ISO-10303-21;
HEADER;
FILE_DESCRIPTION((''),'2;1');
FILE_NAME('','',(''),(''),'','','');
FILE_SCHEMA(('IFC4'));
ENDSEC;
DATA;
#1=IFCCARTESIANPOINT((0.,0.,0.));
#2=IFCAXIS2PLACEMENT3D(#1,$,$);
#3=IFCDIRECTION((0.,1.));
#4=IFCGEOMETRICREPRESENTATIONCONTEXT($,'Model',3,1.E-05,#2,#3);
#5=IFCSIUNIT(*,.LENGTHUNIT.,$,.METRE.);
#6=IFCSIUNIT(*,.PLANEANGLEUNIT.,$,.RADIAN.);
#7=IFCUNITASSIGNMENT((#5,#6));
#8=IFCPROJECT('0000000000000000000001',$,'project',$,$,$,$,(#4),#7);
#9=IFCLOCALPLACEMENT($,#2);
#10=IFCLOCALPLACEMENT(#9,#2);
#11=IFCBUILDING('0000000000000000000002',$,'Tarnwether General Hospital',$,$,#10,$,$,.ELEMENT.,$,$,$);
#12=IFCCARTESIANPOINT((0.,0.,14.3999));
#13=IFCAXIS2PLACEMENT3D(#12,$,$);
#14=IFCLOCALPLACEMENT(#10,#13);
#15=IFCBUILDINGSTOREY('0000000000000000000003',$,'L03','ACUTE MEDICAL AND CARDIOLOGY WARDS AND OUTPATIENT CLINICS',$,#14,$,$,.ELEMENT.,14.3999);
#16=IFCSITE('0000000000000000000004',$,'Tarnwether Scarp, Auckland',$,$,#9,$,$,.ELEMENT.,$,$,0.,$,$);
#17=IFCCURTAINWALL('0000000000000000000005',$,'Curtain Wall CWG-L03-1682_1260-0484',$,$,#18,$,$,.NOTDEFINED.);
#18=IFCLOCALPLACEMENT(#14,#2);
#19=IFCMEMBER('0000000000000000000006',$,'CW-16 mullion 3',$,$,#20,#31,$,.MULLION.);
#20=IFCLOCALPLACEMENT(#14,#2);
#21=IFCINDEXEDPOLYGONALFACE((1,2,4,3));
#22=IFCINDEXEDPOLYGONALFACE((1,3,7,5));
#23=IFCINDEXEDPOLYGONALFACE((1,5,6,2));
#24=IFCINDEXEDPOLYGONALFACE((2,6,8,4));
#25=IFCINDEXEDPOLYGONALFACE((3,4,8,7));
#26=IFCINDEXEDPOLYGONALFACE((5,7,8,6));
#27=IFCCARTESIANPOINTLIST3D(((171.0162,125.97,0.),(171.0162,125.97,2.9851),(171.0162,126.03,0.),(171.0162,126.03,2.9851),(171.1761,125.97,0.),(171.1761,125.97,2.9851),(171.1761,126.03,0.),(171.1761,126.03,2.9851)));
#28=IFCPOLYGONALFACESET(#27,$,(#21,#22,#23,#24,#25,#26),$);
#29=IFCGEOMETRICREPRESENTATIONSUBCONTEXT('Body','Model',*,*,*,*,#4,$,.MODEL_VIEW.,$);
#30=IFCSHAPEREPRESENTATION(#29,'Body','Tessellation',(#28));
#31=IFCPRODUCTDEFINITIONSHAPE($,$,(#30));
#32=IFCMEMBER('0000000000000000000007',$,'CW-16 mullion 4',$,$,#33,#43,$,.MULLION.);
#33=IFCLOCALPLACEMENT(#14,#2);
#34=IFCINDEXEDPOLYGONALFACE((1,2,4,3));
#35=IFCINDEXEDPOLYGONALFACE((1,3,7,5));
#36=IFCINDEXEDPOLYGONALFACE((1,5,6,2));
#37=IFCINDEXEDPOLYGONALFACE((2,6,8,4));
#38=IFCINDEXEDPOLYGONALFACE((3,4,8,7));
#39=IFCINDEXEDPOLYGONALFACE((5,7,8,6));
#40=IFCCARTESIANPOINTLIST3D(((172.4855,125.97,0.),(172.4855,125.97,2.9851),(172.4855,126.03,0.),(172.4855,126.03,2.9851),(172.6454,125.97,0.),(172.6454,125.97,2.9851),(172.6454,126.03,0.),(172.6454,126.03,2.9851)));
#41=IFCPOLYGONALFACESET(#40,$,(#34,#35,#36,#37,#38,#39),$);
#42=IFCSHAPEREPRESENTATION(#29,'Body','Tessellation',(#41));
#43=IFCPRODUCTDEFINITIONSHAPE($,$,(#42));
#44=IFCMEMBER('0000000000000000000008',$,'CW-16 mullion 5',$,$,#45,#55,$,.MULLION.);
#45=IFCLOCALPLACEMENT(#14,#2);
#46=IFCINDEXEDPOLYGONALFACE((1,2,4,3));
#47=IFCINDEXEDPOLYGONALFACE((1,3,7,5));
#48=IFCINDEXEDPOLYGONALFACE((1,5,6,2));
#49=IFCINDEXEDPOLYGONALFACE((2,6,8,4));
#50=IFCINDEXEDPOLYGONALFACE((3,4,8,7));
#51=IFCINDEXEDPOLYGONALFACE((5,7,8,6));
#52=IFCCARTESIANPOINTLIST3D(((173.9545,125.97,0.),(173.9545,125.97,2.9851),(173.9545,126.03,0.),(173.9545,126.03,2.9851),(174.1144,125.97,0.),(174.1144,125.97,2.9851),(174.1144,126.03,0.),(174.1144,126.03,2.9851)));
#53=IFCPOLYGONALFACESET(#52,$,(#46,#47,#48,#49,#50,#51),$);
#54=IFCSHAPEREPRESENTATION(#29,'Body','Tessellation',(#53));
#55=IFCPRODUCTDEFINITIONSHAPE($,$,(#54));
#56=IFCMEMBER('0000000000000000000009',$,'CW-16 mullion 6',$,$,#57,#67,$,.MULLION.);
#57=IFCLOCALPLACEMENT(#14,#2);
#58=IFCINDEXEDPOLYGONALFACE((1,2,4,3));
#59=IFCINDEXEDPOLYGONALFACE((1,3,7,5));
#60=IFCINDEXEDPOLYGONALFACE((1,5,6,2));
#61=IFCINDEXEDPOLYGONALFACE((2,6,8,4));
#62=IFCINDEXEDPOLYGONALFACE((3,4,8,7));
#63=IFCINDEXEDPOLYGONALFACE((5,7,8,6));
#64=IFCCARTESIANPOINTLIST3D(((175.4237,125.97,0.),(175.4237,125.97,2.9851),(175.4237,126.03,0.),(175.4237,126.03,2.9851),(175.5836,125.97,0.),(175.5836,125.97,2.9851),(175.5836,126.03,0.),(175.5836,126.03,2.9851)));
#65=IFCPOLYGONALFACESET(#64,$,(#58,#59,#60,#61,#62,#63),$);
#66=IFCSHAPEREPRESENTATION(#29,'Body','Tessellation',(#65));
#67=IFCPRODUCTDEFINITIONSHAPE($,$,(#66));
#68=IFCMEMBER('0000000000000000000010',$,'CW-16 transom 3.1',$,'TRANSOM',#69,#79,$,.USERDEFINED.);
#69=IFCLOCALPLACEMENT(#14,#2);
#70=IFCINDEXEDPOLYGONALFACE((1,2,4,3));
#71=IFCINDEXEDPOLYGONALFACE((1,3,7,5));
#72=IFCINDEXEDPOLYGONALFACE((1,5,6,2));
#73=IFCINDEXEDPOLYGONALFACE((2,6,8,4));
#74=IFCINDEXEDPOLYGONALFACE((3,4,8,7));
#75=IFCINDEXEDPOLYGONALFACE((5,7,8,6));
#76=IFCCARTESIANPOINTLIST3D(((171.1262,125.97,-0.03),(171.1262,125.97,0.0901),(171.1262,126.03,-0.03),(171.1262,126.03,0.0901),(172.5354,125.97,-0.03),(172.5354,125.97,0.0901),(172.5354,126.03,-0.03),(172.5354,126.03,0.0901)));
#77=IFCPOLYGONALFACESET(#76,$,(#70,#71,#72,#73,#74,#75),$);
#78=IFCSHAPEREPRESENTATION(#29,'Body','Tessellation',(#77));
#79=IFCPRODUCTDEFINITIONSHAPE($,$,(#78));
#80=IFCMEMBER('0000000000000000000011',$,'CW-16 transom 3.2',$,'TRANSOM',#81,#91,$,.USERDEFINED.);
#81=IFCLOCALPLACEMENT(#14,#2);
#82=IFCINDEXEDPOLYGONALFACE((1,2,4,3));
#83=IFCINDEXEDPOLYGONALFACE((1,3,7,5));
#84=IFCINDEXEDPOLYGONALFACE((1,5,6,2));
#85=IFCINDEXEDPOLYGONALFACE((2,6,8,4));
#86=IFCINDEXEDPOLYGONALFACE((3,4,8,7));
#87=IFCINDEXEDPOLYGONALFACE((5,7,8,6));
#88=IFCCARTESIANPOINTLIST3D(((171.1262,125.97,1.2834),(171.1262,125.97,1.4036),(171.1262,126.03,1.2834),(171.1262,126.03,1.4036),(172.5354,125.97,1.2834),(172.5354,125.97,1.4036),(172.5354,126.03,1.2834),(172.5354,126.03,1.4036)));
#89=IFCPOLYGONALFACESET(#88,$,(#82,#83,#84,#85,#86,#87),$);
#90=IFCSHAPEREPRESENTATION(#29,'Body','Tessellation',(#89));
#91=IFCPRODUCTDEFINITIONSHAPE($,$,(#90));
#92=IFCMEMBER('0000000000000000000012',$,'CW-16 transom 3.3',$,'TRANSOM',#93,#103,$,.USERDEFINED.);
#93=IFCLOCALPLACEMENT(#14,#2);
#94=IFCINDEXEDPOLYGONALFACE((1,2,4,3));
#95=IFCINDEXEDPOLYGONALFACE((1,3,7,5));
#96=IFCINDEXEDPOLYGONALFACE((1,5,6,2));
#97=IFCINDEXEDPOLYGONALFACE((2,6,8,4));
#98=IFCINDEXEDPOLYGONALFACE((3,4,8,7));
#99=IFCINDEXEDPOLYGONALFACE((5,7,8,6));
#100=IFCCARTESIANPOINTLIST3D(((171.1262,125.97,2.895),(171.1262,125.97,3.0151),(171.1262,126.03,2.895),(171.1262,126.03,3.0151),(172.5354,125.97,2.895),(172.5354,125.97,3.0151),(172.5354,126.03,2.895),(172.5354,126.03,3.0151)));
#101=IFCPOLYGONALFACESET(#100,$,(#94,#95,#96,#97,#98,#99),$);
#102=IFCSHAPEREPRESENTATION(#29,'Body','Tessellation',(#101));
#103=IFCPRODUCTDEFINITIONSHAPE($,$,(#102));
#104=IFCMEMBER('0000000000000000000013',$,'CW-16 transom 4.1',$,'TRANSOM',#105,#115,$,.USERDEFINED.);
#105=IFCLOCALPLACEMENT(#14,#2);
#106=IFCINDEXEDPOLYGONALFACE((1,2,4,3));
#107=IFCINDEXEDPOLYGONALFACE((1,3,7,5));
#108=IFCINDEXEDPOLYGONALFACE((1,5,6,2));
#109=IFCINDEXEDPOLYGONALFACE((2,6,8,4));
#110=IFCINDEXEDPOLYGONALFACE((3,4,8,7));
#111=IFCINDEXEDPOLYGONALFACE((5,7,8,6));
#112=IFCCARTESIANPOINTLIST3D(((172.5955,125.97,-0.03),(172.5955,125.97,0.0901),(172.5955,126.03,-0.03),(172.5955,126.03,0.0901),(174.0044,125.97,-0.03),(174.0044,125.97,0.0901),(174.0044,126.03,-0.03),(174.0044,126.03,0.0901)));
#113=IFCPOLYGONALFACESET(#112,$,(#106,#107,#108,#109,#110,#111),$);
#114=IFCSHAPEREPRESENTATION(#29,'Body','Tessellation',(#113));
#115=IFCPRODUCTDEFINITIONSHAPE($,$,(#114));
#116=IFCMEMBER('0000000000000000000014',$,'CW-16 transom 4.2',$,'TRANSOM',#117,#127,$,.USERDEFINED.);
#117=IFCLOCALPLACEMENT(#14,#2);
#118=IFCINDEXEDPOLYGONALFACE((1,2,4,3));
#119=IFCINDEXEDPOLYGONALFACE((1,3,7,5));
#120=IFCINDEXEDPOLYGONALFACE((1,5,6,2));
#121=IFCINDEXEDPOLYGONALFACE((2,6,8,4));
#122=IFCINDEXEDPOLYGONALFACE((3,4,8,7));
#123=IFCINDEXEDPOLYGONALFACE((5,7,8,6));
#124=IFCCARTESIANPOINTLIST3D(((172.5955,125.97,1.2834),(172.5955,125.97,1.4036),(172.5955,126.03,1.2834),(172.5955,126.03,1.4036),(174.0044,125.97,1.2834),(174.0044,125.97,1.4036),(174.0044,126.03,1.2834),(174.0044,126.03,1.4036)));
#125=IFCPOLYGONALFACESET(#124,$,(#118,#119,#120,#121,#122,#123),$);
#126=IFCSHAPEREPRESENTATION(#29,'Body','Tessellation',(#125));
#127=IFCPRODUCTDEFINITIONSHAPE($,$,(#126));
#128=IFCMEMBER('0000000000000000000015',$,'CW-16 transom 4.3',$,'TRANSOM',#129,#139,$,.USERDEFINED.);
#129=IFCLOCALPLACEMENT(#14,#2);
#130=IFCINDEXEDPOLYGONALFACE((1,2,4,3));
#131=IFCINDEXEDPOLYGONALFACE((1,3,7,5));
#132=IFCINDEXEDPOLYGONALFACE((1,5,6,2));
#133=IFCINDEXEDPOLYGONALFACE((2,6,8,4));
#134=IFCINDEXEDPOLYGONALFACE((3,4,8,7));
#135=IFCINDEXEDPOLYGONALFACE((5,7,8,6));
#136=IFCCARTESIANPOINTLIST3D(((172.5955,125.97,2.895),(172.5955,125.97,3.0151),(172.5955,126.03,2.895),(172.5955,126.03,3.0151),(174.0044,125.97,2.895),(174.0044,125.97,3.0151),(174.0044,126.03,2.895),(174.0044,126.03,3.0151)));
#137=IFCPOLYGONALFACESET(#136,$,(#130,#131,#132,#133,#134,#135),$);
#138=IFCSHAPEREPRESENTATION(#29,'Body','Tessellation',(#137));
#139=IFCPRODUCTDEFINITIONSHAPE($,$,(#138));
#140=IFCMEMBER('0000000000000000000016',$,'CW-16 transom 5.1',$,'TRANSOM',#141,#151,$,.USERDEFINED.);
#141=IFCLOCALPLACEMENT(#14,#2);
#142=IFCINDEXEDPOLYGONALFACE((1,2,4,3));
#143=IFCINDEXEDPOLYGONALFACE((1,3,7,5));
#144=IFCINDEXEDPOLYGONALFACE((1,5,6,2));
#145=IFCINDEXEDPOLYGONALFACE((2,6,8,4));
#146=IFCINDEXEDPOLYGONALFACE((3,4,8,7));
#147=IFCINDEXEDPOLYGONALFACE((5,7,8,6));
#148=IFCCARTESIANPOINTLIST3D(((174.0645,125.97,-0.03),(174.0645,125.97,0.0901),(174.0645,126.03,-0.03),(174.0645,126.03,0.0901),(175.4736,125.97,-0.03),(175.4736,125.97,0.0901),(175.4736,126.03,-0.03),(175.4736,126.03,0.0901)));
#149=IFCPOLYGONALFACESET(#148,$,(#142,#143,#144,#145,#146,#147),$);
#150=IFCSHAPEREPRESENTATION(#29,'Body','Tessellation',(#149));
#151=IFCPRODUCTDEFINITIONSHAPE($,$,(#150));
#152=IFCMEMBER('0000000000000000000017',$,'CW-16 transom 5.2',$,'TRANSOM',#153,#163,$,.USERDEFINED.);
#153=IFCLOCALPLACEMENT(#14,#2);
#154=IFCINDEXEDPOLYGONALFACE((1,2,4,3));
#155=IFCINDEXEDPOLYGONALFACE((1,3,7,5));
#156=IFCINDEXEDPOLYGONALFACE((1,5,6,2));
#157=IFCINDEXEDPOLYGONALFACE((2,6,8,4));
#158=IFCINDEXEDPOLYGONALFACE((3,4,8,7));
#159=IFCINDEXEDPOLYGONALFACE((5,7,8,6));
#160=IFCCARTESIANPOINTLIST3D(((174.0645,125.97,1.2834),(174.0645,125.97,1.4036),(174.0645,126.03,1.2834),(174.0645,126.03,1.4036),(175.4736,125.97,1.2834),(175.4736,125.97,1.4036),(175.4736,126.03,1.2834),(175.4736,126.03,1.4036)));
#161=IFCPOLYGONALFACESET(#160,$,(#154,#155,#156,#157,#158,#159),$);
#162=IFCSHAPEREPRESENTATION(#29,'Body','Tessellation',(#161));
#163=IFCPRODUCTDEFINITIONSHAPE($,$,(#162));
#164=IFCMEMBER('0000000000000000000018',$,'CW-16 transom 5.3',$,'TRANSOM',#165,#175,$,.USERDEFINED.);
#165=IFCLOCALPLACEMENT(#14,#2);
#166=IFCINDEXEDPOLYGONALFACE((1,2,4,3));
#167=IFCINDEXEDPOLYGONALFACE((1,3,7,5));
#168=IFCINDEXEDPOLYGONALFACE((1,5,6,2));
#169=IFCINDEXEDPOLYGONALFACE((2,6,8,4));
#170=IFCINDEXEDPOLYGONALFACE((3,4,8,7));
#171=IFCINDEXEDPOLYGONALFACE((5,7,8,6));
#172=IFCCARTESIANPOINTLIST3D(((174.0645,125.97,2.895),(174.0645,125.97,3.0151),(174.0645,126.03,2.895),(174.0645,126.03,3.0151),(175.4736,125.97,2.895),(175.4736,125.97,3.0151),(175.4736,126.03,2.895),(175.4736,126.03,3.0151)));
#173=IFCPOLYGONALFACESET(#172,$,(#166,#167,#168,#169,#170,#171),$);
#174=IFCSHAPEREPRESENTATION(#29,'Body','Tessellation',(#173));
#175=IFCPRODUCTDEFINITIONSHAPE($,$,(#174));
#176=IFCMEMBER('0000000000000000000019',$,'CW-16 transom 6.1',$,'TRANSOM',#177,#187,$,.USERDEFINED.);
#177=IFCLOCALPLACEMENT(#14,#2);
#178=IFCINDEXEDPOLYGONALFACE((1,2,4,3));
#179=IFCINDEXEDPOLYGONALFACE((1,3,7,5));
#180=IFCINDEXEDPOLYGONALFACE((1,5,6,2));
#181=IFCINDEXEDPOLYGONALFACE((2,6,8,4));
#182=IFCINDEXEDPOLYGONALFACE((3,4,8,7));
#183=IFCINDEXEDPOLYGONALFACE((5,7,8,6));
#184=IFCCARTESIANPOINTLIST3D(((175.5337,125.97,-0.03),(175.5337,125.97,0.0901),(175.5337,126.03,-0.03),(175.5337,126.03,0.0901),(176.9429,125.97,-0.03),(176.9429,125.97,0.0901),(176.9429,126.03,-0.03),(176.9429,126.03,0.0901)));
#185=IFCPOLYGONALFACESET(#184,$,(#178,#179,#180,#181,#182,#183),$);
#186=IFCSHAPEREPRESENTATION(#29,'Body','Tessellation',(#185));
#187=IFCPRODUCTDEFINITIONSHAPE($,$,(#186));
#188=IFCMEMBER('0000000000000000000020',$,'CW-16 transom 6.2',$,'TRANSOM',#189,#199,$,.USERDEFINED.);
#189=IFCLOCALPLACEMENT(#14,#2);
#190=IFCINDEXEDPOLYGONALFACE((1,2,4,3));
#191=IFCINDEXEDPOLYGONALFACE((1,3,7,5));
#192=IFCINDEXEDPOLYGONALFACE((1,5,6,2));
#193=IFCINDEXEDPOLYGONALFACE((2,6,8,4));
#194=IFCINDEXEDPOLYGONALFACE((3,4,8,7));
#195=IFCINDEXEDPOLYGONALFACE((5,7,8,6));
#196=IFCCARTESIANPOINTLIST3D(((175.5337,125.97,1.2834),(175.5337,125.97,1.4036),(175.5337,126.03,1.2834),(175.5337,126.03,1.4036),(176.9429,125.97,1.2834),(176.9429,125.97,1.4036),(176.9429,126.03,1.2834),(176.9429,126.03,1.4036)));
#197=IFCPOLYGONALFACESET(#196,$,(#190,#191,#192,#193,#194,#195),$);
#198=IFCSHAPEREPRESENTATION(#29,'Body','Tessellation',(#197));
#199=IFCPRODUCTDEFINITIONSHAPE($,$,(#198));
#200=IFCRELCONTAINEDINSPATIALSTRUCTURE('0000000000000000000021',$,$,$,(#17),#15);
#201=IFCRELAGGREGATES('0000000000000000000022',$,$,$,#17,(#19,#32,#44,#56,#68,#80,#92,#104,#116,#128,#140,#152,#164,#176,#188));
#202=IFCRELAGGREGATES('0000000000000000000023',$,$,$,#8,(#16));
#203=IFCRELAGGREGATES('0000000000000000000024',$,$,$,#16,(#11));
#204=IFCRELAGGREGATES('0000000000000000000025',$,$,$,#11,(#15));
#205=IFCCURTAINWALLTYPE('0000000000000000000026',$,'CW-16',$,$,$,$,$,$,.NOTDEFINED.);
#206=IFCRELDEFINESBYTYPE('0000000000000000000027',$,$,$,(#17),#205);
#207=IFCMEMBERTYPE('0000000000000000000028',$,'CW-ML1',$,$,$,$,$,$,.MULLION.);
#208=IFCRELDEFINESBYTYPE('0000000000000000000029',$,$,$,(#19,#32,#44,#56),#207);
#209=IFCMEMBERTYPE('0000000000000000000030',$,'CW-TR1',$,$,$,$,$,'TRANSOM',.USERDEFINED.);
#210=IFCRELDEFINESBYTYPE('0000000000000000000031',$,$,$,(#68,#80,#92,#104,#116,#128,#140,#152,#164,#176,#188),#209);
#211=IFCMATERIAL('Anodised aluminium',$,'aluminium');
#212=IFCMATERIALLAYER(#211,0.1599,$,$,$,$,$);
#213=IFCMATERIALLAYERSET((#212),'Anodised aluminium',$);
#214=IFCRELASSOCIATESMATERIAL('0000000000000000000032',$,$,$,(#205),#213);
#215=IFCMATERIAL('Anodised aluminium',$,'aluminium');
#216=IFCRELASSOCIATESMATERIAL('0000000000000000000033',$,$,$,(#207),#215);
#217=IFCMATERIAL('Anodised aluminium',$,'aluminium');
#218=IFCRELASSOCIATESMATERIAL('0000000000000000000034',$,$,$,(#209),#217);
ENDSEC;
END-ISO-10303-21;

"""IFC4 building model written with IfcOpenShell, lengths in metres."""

from ifc_helpers import new_model, si_unit, direction, frame, origin, origin_2d, place, context, subcontext, project, spatial, rectangle, extrude, material, layer, layer_set, material_profile, profile_set, type_object, element, aggregate, save


model = new_model("IFC4")

# Units and contexts
model_context = context("Model", 3, precision=1e-05, world=origin(), true_north=direction((0.0, 1.0)))
body_context = subcontext(model_context, "Body", "Model", "MODEL_VIEW")
ifc_project = project(units=[si_unit("LENGTHUNIT", "METRE"), si_unit("PLANEANGLEUNIT", "RADIAN")], contexts=[model_context])

# Site, building, storey
site_placement = place(None, origin())
site = spatial("IfcSite", under=ifc_project, at=site_placement, Name="Tarnwether Scarp, Auckland", CompositionType="ELEMENT", RefElevation=0.0)
building_placement = place(site_placement, origin())
building = spatial("IfcBuilding", under=site, at=building_placement, Name="Tarnwether General Hospital", CompositionType="ELEMENT")
storey_placement = place(building_placement, frame((0.0, 0.0, 14.3999)))
storey = spatial("IfcBuildingStorey", under=building, at=storey_placement, Name="L03", Description="ACUTE MEDICAL AND CARDIOLOGY WARDS AND OUTPATIENT CLINICS", CompositionType="ELEMENT", Elevation=14.3999)

# Curtain wall, members
ifc_material_1 = material(Name="Anodised aluminium", Category="aluminium")
ifc_layer_1 = layer(ifc_material_1, 0.1599)
ifc_layer_set_1 = layer_set([ifc_layer_1], Name="Anodised aluminium")
curtain_wall_type = type_object("IfcCurtainWallType", Name="CW-16", PredefinedType="NOTDEFINED", material=ifc_layer_set_1)
curtain_wall_placement = place(storey_placement, origin())
curtain_wall = element("IfcCurtainWall", 1, at=curtain_wall_placement, inside=storey, type_object=curtain_wall_type, Name="Curtain Wall CWG-L03-1682_1260-0484", PredefinedType="NOTDEFINED")
ifc_material_2 = material(Name="Anodised aluminium", Category="aluminium")
ifc_material_profile_1 = material_profile(ifc_material_2, rectangle(XDim=0.0601, YDim=0.1599, at=origin_2d()), Name="ALU-MUL-60x160")
ifc_profile_set_1 = profile_set([ifc_material_profile_1], Name="Anodised aluminium")
member_type_1 = type_object("IfcMemberType", Name="CW-ML1", PredefinedType="MULLION", material=ifc_profile_set_1)
member_1_placement = place(storey_placement, frame((171.0962, 126.0, 0.0), z_axis=(0.0, 0.0, 1.0), x_axis=(0.0, 1.0, 0.0)))
member_1 = element("IfcMember", 2, at=member_1_placement, type_object=member_type_1, Name="CW-16 mullion 3", PredefinedType="MULLION", context=body_context, shape_type="SweptSolid", body=[
    extrude(rectangle(XDim=0.0601, YDim=0.1599, at=origin_2d()), origin(), (0.0, 0.0, 1.0), 2.9851),
])
member_2_placement = place(storey_placement, frame((172.5654, 126.0, 0.0), z_axis=(0.0, 0.0, 1.0), x_axis=(0.0, 1.0, 0.0)))
member_2 = element("IfcMember", 3, at=member_2_placement, type_object=member_type_1, Name="CW-16 mullion 4", PredefinedType="MULLION", context=body_context, shape_type="SweptSolid", body=[
    extrude(rectangle(XDim=0.0601, YDim=0.1599, at=origin_2d()), origin(), (0.0, 0.0, 1.0), 2.9851),
])
member_3_placement = place(storey_placement, frame((174.0344, 126.0, 0.0), z_axis=(0.0, 0.0, 1.0), x_axis=(0.0, 1.0, 0.0)))
member_3 = element("IfcMember", 4, at=member_3_placement, type_object=member_type_1, Name="CW-16 mullion 5", PredefinedType="MULLION", context=body_context, shape_type="SweptSolid", body=[
    extrude(rectangle(XDim=0.0601, YDim=0.1599, at=origin_2d()), origin(), (0.0, 0.0, 1.0), 2.9851),
])
member_4_placement = place(storey_placement, frame((175.5037, 126.0, 0.0), z_axis=(0.0, 0.0, 1.0), x_axis=(0.0, 1.0, 0.0)))
member_4 = element("IfcMember", 5, at=member_4_placement, type_object=member_type_1, Name="CW-16 mullion 6", PredefinedType="MULLION", context=body_context, shape_type="SweptSolid", body=[
    extrude(rectangle(XDim=0.0601, YDim=0.1599, at=origin_2d()), origin(), (0.0, 0.0, 1.0), 2.9851),
])
ifc_material_3 = material(Name="Anodised aluminium", Category="aluminium")
ifc_material_profile_2 = material_profile(ifc_material_3, rectangle(XDim=0.0601, YDim=0.1201, at=origin_2d()), Name="ALU-TRN-60x120")
ifc_profile_set_2 = profile_set([ifc_material_profile_2], Name="Anodised aluminium")
member_type_2 = type_object("IfcMemberType", Name="CW-TR1", ElementType="TRANSOM", PredefinedType="USERDEFINED", material=ifc_profile_set_2)
member_5_placement = place(storey_placement, frame((171.1262, 126.0, 0.03), z_axis=(1.0, 0.0, 0.0), x_axis=(0.0, 1.0, 0.0)))
member_5 = element("IfcMember", 6, at=member_5_placement, type_object=member_type_2, Name="CW-16 transom 3.1", ObjectType="TRANSOM", PredefinedType="USERDEFINED", context=body_context, shape_type="SweptSolid", body=[
    extrude(rectangle(XDim=0.0601, YDim=0.1201, at=origin_2d()), origin(), (0.0, 0.0, 1.0), 1.4092),
])
member_6_placement = place(storey_placement, frame((171.1262, 126.0, 1.3435), z_axis=(1.0, 0.0, 0.0), x_axis=(0.0, 1.0, 0.0)))
member_6 = element("IfcMember", 7, at=member_6_placement, type_object=member_type_2, Name="CW-16 transom 3.2", ObjectType="TRANSOM", PredefinedType="USERDEFINED", context=body_context, shape_type="SweptSolid", body=[
    extrude(rectangle(XDim=0.0601, YDim=0.1201, at=origin_2d()), origin(), (0.0, 0.0, 1.0), 1.4092),
])
member_7_placement = place(storey_placement, frame((171.1262, 126.0, 2.9551), z_axis=(1.0, 0.0, 0.0), x_axis=(0.0, 1.0, 0.0)))
member_7 = element("IfcMember", 8, at=member_7_placement, type_object=member_type_2, Name="CW-16 transom 3.3", ObjectType="TRANSOM", PredefinedType="USERDEFINED", context=body_context, shape_type="SweptSolid", body=[
    extrude(rectangle(XDim=0.0601, YDim=0.1201, at=origin_2d()), origin(), (0.0, 0.0, 1.0), 1.4092),
])
member_8_placement = place(storey_placement, frame((172.5955, 126.0, 0.03), z_axis=(1.0, 0.0, 0.0), x_axis=(0.0, 1.0, 0.0)))
member_8 = element("IfcMember", 9, at=member_8_placement, type_object=member_type_2, Name="CW-16 transom 4.1", ObjectType="TRANSOM", PredefinedType="USERDEFINED", context=body_context, shape_type="SweptSolid", body=[
    extrude(rectangle(XDim=0.0601, YDim=0.1201, at=origin_2d()), origin(), (0.0, 0.0, 1.0), 1.4089),
])
member_9_placement = place(storey_placement, frame((172.5955, 126.0, 1.3435), z_axis=(1.0, 0.0, 0.0), x_axis=(0.0, 1.0, 0.0)))
member_9 = element("IfcMember", 10, at=member_9_placement, type_object=member_type_2, Name="CW-16 transom 4.2", ObjectType="TRANSOM", PredefinedType="USERDEFINED", context=body_context, shape_type="SweptSolid", body=[
    extrude(rectangle(XDim=0.0601, YDim=0.1201, at=origin_2d()), origin(), (0.0, 0.0, 1.0), 1.4089),
])
member_10_placement = place(storey_placement, frame((172.5955, 126.0, 2.9551), z_axis=(1.0, 0.0, 0.0), x_axis=(0.0, 1.0, 0.0)))
member_10 = element("IfcMember", 11, at=member_10_placement, type_object=member_type_2, Name="CW-16 transom 4.3", ObjectType="TRANSOM", PredefinedType="USERDEFINED", context=body_context, shape_type="SweptSolid", body=[
    extrude(rectangle(XDim=0.0601, YDim=0.1201, at=origin_2d()), origin(), (0.0, 0.0, 1.0), 1.4089),
])
member_11_placement = place(storey_placement, frame((174.0645, 126.0, 0.03), z_axis=(1.0, 0.0, 0.0), x_axis=(0.0, 1.0, 0.0)))
member_11 = element("IfcMember", 12, at=member_11_placement, type_object=member_type_2, Name="CW-16 transom 5.1", ObjectType="TRANSOM", PredefinedType="USERDEFINED", context=body_context, shape_type="SweptSolid", body=[
    extrude(rectangle(XDim=0.0601, YDim=0.1201, at=origin_2d()), origin(), (0.0, 0.0, 1.0), 1.4092),
])
member_12_placement = place(storey_placement, frame((174.0645, 126.0, 1.3435), z_axis=(1.0, 0.0, 0.0), x_axis=(0.0, 1.0, 0.0)))
member_12 = element("IfcMember", 13, at=member_12_placement, type_object=member_type_2, Name="CW-16 transom 5.2", ObjectType="TRANSOM", PredefinedType="USERDEFINED", context=body_context, shape_type="SweptSolid", body=[
    extrude(rectangle(XDim=0.0601, YDim=0.1201, at=origin_2d()), origin(), (0.0, 0.0, 1.0), 1.4092),
])
member_13_placement = place(storey_placement, frame((174.0645, 126.0, 2.9551), z_axis=(1.0, 0.0, 0.0), x_axis=(0.0, 1.0, 0.0)))
member_13 = element("IfcMember", 14, at=member_13_placement, type_object=member_type_2, Name="CW-16 transom 5.3", ObjectType="TRANSOM", PredefinedType="USERDEFINED", context=body_context, shape_type="SweptSolid", body=[
    extrude(rectangle(XDim=0.0601, YDim=0.1201, at=origin_2d()), origin(), (0.0, 0.0, 1.0), 1.4092),
])
member_14_placement = place(storey_placement, frame((175.5337, 126.0, 0.03), z_axis=(1.0, 0.0, 0.0), x_axis=(0.0, 1.0, 0.0)))
member_14 = element("IfcMember", 15, at=member_14_placement, type_object=member_type_2, Name="CW-16 transom 6.1", ObjectType="TRANSOM", PredefinedType="USERDEFINED", context=body_context, shape_type="SweptSolid", body=[
    extrude(rectangle(XDim=0.0601, YDim=0.1201, at=origin_2d()), origin(), (0.0, 0.0, 1.0), 1.4092),
])
member_15_placement = place(storey_placement, frame((175.5337, 126.0, 1.3435), z_axis=(1.0, 0.0, 0.0), x_axis=(0.0, 1.0, 0.0)))
member_15 = element("IfcMember", 16, at=member_15_placement, type_object=member_type_2, Name="CW-16 transom 6.2", ObjectType="TRANSOM", PredefinedType="USERDEFINED", context=body_context, shape_type="SweptSolid", body=[
    extrude(rectangle(XDim=0.0601, YDim=0.1201, at=origin_2d()), origin(), (0.0, 0.0, 1.0), 1.4092),
])
aggregate(curtain_wall, [member_1, member_2, member_3, member_4, member_5, member_6, member_7, member_8, member_9, member_10, member_11, member_12, member_13, member_14, member_15])

save(model, "model.ifc")
